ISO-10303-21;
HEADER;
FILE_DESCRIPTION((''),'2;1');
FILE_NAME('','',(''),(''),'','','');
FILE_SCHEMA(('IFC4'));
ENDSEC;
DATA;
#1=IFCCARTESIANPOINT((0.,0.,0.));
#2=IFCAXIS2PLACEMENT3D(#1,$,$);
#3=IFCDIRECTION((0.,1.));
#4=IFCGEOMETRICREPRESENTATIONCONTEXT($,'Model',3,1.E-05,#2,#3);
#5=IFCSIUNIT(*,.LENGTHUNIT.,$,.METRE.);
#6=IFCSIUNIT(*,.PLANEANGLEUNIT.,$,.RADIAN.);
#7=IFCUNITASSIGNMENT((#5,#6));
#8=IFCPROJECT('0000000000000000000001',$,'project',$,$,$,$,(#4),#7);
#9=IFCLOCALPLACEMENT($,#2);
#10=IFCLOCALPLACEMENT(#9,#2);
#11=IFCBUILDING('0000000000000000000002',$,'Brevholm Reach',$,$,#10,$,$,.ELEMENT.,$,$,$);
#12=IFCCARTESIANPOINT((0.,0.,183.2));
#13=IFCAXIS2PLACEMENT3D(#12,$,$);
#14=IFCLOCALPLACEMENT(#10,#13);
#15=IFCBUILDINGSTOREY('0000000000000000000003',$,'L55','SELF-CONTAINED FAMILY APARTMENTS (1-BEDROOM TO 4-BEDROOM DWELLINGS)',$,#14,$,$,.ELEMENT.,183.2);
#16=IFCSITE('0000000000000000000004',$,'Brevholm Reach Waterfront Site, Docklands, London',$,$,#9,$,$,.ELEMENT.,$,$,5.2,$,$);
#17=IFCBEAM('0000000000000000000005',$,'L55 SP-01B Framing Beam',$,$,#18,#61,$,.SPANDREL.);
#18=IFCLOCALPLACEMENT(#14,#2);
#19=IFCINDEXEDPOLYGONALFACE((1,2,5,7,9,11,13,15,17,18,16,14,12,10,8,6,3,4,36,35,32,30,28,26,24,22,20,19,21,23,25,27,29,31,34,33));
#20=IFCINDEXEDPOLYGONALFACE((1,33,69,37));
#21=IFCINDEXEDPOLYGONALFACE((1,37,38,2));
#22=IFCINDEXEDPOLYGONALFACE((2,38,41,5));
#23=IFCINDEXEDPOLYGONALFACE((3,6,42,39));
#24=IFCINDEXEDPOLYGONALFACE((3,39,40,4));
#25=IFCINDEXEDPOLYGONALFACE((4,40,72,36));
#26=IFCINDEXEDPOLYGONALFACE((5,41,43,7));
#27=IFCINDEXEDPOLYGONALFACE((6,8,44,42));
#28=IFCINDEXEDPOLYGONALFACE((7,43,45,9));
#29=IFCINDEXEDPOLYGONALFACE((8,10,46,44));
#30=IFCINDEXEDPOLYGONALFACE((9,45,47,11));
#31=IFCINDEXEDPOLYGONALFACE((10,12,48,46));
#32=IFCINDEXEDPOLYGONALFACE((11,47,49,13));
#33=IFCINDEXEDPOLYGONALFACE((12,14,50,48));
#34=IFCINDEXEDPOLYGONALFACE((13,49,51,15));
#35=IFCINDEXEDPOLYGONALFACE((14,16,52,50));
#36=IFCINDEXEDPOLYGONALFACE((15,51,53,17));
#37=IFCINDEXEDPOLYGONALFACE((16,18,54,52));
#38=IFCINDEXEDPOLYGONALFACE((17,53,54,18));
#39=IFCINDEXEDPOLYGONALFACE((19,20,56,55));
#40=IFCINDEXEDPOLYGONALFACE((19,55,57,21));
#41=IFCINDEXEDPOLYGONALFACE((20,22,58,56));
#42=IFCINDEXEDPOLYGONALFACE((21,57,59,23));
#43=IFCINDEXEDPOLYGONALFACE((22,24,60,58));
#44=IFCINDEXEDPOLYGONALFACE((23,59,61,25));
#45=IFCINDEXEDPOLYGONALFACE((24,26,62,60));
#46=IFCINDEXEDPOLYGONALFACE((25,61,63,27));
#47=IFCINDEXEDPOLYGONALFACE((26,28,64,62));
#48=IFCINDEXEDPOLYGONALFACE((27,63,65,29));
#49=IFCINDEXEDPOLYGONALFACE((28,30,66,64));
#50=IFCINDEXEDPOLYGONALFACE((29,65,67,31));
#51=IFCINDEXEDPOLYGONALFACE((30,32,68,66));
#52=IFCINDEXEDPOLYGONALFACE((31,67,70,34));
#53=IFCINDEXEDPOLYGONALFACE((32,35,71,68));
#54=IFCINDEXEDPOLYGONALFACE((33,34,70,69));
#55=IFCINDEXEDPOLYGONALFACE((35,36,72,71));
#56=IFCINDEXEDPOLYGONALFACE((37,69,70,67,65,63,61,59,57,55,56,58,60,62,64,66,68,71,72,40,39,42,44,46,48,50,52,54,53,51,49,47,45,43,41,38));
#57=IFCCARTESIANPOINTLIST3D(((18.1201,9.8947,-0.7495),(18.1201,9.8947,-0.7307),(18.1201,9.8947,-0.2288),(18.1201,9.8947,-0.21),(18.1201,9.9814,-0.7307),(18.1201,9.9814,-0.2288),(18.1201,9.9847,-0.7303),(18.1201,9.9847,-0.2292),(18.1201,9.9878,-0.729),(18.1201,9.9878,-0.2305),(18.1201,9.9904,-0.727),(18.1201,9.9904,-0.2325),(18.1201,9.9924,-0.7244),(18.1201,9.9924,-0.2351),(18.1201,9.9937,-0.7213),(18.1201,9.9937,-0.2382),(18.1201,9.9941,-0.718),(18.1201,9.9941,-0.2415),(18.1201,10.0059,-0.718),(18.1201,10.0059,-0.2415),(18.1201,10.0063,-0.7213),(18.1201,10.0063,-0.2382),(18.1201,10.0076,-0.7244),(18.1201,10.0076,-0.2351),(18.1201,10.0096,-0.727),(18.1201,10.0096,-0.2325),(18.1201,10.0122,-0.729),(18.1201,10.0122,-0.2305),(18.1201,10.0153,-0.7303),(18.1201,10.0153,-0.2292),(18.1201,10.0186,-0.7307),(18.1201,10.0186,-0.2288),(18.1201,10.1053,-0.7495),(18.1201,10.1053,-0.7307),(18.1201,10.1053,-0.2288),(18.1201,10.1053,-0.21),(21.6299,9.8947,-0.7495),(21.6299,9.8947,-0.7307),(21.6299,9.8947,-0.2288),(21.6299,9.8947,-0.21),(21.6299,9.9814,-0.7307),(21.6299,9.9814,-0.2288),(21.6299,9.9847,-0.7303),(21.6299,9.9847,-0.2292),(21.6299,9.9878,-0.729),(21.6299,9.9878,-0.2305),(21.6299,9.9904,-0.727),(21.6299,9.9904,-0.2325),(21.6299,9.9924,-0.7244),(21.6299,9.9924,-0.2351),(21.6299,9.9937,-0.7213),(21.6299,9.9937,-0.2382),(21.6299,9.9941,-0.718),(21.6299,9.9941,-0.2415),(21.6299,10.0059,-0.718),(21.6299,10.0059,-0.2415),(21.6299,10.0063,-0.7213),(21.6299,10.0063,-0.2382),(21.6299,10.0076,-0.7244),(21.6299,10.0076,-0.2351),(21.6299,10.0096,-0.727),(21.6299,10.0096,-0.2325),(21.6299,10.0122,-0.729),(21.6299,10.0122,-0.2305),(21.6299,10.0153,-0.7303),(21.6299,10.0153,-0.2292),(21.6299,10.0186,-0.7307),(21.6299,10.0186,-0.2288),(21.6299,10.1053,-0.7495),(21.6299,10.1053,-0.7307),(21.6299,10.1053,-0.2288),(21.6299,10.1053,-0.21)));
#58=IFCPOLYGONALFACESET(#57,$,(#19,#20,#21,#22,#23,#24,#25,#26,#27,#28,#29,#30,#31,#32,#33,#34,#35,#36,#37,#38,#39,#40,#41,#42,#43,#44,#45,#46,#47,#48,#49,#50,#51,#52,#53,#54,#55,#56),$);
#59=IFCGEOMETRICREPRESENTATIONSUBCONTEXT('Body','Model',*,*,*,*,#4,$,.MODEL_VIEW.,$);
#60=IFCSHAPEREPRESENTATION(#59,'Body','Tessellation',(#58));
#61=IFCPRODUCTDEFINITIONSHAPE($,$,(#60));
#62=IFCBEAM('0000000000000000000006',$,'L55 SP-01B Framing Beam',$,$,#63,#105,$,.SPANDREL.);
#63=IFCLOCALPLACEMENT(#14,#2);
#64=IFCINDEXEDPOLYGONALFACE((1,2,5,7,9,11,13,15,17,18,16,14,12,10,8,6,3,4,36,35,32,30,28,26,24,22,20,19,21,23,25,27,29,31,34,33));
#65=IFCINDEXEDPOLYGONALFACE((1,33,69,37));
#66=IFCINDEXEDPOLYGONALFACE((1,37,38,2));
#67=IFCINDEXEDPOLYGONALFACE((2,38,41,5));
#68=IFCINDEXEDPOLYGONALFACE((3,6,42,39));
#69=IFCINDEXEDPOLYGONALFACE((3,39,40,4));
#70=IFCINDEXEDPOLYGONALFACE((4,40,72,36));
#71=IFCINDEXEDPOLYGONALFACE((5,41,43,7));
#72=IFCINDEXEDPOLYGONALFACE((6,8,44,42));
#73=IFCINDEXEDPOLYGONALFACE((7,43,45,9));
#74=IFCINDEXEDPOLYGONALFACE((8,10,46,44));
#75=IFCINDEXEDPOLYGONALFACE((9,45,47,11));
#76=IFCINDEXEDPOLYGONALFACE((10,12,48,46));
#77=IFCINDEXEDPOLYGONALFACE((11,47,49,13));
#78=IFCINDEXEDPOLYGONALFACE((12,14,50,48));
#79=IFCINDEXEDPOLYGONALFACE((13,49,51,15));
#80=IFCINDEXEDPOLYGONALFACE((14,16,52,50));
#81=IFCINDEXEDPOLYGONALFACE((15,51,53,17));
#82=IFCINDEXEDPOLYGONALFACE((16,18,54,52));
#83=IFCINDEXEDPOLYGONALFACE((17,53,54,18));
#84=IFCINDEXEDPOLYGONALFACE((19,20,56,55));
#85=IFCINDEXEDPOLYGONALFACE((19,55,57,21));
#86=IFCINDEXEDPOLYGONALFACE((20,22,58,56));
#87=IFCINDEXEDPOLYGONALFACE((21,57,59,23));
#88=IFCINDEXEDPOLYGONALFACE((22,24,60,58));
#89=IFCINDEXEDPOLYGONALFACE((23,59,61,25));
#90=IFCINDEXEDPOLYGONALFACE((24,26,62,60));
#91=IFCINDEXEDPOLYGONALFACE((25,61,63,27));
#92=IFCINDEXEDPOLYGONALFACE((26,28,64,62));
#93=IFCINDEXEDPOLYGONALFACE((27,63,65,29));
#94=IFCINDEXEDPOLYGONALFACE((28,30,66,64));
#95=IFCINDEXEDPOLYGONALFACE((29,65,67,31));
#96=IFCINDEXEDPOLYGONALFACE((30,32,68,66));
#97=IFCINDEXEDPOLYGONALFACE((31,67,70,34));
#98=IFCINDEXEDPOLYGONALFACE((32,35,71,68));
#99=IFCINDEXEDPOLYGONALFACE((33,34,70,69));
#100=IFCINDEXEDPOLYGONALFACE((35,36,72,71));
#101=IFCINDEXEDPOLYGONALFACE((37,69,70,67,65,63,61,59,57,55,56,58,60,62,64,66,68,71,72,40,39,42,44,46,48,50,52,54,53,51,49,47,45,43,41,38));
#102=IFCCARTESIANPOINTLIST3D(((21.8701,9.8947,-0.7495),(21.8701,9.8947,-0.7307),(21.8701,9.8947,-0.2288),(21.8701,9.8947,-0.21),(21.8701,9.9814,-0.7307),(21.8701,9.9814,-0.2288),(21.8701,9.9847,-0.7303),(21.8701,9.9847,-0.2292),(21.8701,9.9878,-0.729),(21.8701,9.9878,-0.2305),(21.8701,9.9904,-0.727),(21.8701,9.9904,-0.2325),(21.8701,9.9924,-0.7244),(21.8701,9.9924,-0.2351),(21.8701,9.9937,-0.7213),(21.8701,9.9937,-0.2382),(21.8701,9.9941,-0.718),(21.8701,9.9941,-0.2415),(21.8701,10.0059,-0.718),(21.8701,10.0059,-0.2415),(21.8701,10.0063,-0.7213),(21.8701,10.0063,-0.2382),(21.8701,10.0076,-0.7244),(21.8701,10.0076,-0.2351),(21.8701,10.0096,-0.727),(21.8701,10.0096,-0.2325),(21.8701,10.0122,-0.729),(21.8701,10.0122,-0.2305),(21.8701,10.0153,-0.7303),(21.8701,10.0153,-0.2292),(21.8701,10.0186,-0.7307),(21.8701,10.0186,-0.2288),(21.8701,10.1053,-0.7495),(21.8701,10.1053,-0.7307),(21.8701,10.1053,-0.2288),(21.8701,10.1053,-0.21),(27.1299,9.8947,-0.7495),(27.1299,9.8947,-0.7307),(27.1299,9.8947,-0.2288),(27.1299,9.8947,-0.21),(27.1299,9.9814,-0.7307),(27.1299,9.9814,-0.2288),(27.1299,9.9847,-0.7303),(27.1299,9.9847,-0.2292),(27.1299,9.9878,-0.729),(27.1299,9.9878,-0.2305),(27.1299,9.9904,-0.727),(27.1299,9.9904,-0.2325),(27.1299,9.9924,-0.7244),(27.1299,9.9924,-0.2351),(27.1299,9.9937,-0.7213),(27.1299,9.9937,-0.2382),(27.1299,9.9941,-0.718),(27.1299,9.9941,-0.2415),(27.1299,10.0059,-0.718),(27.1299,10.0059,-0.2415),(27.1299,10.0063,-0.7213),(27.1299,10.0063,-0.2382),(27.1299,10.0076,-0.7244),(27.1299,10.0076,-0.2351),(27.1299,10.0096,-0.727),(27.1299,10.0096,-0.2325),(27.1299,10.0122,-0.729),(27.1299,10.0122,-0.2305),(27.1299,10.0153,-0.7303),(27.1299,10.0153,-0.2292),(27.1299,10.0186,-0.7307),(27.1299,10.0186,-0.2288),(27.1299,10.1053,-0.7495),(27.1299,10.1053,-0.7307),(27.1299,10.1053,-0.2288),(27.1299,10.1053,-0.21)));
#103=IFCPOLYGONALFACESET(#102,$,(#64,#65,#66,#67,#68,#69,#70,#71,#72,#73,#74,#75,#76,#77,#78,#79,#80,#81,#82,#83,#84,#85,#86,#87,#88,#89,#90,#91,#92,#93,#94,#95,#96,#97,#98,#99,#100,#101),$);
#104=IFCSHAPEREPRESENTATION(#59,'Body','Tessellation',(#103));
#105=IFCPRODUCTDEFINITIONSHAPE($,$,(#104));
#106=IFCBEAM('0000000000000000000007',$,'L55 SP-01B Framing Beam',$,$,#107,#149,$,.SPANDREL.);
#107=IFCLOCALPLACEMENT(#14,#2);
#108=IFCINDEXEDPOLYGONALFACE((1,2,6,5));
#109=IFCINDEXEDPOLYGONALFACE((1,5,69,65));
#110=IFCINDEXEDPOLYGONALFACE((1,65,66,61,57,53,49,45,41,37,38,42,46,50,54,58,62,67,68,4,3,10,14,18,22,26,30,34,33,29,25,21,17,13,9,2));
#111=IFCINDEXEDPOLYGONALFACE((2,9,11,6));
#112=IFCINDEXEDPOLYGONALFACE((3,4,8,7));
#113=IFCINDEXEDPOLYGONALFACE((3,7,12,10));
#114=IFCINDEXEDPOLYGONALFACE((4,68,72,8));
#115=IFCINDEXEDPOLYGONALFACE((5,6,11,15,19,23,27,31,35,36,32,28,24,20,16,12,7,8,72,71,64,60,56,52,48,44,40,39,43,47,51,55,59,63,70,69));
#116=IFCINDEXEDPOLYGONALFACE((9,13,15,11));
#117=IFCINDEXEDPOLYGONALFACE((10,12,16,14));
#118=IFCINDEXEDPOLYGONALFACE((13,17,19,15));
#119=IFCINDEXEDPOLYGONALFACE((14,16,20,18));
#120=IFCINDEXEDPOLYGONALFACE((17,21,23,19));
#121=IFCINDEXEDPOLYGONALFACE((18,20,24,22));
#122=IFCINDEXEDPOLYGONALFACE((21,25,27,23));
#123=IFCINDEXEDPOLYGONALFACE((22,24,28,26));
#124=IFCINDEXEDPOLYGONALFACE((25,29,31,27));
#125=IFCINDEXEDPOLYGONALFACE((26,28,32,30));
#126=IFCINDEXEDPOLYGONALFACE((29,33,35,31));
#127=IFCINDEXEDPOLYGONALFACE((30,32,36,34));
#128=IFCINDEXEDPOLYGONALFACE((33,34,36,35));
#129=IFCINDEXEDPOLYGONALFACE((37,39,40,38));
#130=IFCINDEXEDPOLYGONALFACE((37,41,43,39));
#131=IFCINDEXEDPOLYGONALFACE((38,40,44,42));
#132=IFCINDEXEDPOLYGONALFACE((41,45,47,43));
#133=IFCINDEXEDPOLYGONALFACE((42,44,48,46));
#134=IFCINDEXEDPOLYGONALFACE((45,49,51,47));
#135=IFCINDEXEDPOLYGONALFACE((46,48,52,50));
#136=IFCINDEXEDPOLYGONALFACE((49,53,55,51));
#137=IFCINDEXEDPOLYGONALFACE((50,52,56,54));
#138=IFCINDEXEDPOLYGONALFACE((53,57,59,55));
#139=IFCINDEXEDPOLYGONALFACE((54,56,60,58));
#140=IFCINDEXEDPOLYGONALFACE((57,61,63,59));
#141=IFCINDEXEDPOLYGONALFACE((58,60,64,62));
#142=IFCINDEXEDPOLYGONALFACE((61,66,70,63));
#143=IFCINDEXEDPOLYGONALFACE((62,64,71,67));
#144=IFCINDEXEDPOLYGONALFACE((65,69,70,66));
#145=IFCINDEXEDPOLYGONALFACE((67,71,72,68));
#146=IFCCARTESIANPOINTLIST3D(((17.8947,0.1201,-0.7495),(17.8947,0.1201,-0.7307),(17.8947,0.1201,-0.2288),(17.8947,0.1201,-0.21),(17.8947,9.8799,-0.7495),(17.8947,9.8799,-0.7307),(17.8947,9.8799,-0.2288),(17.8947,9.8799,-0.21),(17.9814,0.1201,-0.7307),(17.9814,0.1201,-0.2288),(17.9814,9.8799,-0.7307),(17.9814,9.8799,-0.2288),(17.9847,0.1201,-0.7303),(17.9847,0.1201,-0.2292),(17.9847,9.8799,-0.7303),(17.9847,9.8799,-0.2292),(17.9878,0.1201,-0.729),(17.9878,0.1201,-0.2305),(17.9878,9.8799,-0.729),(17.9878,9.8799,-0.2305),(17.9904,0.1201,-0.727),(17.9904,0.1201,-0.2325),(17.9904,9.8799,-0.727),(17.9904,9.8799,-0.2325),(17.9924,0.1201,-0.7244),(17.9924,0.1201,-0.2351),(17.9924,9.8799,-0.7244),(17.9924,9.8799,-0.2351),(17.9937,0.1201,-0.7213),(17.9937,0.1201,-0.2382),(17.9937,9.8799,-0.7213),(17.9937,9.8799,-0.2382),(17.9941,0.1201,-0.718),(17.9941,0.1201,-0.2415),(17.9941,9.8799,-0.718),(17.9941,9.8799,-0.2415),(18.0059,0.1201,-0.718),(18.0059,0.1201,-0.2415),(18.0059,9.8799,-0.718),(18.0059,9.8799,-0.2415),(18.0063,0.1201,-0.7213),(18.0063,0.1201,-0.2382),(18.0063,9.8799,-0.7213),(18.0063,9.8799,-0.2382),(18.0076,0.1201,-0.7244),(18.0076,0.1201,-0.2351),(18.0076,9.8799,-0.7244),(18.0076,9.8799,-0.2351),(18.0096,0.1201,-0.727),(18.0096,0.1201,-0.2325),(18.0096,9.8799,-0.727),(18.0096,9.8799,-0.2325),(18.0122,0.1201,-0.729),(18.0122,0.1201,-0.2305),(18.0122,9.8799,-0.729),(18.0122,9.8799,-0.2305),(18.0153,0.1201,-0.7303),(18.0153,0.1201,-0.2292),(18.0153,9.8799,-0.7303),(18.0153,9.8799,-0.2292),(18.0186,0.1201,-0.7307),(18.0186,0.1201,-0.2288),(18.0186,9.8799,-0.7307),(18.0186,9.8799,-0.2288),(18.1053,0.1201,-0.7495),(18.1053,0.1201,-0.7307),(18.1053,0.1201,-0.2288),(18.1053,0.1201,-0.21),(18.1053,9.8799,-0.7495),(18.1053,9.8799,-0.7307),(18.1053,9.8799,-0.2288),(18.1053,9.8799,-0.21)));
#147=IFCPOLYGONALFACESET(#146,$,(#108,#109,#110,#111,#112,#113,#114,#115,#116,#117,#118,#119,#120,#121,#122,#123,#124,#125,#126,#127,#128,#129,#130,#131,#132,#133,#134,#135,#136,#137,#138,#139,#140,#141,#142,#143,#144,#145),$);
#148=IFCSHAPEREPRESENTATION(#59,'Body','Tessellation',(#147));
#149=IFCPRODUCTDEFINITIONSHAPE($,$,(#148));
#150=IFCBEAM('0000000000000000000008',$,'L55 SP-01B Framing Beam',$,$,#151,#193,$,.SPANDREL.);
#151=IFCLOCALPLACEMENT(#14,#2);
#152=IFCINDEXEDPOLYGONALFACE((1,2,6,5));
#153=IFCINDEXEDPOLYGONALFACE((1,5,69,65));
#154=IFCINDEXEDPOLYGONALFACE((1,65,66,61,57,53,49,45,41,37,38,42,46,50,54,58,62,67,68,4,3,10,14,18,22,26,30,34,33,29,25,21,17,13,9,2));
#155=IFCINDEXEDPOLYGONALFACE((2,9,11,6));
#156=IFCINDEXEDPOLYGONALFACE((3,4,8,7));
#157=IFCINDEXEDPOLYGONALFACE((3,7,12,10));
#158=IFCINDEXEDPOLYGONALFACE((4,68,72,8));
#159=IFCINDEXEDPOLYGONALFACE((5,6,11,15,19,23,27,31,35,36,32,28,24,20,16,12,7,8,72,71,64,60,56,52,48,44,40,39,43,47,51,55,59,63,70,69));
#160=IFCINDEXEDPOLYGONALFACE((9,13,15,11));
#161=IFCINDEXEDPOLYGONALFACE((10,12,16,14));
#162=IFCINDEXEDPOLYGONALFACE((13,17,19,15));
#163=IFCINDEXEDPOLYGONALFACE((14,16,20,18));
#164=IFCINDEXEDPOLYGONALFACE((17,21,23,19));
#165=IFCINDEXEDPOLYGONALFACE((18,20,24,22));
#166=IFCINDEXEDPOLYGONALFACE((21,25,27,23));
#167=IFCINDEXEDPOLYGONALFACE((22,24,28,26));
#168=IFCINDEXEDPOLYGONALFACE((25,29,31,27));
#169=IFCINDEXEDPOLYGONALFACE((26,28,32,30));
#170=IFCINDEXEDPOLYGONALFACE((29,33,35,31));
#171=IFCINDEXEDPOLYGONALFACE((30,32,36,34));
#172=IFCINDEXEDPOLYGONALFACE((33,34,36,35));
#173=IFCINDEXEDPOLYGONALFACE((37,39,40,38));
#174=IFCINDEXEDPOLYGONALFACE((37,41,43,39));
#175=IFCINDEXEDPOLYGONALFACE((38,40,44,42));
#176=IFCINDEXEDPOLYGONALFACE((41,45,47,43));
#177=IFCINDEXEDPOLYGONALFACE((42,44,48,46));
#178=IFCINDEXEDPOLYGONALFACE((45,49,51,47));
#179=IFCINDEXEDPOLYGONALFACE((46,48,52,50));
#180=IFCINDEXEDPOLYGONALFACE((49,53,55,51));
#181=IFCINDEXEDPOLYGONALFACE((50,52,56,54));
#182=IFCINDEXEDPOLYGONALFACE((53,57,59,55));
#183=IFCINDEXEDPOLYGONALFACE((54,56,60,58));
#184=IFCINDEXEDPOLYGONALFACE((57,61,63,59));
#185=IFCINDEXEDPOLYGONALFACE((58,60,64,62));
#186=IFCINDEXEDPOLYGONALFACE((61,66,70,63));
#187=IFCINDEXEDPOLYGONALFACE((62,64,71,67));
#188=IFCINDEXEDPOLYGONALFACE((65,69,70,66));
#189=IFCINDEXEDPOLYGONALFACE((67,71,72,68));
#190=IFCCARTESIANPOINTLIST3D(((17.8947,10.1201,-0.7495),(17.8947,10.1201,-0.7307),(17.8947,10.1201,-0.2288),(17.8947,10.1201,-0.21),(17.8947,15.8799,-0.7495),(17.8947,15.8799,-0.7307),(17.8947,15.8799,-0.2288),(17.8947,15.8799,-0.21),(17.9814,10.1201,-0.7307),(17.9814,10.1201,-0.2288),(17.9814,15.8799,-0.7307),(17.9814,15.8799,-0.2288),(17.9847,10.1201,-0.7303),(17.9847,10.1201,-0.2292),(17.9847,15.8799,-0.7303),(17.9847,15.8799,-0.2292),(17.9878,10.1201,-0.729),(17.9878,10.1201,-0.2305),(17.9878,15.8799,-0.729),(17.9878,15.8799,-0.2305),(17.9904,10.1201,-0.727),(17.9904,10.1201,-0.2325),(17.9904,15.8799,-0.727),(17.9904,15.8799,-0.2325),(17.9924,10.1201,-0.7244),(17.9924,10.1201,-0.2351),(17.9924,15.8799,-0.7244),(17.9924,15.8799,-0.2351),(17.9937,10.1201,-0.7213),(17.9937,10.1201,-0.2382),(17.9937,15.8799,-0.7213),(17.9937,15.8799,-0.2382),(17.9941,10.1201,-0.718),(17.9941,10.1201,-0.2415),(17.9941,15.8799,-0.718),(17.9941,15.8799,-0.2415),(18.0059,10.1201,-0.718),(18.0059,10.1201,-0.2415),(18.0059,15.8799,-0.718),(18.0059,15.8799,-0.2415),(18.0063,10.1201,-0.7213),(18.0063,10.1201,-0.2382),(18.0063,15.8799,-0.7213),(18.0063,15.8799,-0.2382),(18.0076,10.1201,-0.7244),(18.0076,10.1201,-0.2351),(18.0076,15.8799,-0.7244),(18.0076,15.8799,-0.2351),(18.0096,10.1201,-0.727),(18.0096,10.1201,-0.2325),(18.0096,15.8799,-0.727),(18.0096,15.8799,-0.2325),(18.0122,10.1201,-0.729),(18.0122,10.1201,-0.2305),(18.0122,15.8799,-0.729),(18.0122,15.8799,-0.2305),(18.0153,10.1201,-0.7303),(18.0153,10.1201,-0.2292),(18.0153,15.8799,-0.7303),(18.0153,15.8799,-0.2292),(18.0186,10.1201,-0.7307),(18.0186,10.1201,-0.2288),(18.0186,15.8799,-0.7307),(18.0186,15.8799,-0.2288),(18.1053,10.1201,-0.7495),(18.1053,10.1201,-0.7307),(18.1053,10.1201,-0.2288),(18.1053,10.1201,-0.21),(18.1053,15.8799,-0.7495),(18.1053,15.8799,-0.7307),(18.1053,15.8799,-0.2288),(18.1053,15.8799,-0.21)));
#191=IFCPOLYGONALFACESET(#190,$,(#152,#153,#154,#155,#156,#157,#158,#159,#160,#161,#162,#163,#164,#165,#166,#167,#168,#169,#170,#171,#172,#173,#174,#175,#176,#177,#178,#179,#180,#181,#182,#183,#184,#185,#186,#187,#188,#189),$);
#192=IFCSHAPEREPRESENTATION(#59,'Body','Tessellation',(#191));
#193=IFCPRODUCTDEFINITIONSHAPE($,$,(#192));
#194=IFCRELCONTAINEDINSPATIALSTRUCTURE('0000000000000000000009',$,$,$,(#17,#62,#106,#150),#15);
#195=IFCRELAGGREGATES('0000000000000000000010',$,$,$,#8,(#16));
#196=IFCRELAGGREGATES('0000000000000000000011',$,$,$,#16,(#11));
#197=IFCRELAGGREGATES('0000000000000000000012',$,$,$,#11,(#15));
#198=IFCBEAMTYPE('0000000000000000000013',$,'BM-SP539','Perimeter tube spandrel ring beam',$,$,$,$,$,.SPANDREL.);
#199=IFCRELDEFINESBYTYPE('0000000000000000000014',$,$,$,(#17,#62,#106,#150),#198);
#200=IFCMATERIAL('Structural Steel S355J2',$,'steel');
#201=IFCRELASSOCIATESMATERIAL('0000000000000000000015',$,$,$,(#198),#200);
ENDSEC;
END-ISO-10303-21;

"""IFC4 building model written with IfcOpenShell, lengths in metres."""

from ifc_helpers import new_model, si_unit, direction, frame, origin, origin_2d, place, context, subcontext, project, spatial, i_section, extrude, material, material_profile, profile_set, type_object, element, save


model = new_model("IFC4")

# Units and contexts
model_context = context("Model", 3, precision=1e-05, world=origin(), true_north=direction((0.0, 1.0)))
body_context = subcontext(model_context, "Body", "Model", "MODEL_VIEW")
ifc_project = project(units=[si_unit("LENGTHUNIT", "METRE"), si_unit("PLANEANGLEUNIT", "RADIAN")], contexts=[model_context])

# Site, building, storey
site_placement = place(None, origin())
site = spatial("IfcSite", under=ifc_project, at=site_placement, Name="Brevholm Reach Waterfront Site, Docklands, London", CompositionType="ELEMENT", RefElevation=5.2)
building_placement = place(site_placement, origin())
building = spatial("IfcBuilding", under=site, at=building_placement, Name="Brevholm Reach", CompositionType="ELEMENT")
storey_placement = place(building_placement, frame((0.0, 0.0, 183.2)))
storey = spatial("IfcBuildingStorey", under=building, at=storey_placement, Name="L55", Description="SELF-CONTAINED FAMILY APARTMENTS (1-BEDROOM TO 4-BEDROOM DWELLINGS)", CompositionType="ELEMENT", Elevation=183.2)

# Beams
ifc_material_1 = material(Name="Structural Steel S355J2", Category="steel")
ifc_material_profile_1 = material_profile(ifc_material_1, i_section(OverallWidth=0.2107, OverallDepth=0.5396, WebThickness=0.0117, FlangeThickness=0.0188, FilletRadius=0.0127, at=origin_2d()), Name="UKB 533x210x109")
ifc_profile_set_1 = profile_set([ifc_material_profile_1], Name="Structural Steel S355J2")
beam_type_1 = type_object("IfcBeamType", Name="BM-SP539", Description="Perimeter tube spandrel ring beam", PredefinedType="SPANDREL", material=ifc_profile_set_1)
beam_1_placement = place(storey_placement, frame((18.1201, 10.0, -0.4797), z_axis=(1.0, 0.0, 0.0), x_axis=(0.0, 1.0, 0.0)))
element("IfcBeam", 1, at=beam_1_placement, inside=storey, type_object=beam_type_1, Name="L55 SP-01B Framing Beam", PredefinedType="SPANDREL", context=body_context, shape_type="SweptSolid", body=[
    extrude(i_section(OverallWidth=0.2107, OverallDepth=0.5396, WebThickness=0.0117, FlangeThickness=0.0188, FilletRadius=0.0127, at=origin_2d()), origin(), (0.0, 0.0, 1.0), 3.5098),
])
beam_2_placement = place(storey_placement, frame((21.8701, 10.0, -0.4797), z_axis=(1.0, 0.0, 0.0), x_axis=(0.0, 1.0, 0.0)))
element("IfcBeam", 2, at=beam_2_placement, inside=storey, type_object=beam_type_1, Name="L55 SP-01B Framing Beam", PredefinedType="SPANDREL", context=body_context, shape_type="SweptSolid", body=[
    extrude(i_section(OverallWidth=0.2107, OverallDepth=0.5396, WebThickness=0.0117, FlangeThickness=0.0188, FilletRadius=0.0127, at=origin_2d()), origin(), (0.0, 0.0, 1.0), 5.2598),
])
beam_3_placement = place(storey_placement, frame((18.0, 0.1201, -0.4797), z_axis=(0.0, 1.0, 0.0), x_axis=(-1.0, 0.0, 0.0)))
element("IfcBeam", 3, at=beam_3_placement, inside=storey, type_object=beam_type_1, Name="L55 SP-01B Framing Beam", PredefinedType="SPANDREL", context=body_context, shape_type="SweptSolid", body=[
    extrude(i_section(OverallWidth=0.2107, OverallDepth=0.5396, WebThickness=0.0117, FlangeThickness=0.0188, FilletRadius=0.0127, at=origin_2d()), origin(), (0.0, 0.0, 1.0), 9.7598),
])
beam_4_placement = place(storey_placement, frame((18.0, 10.1201, -0.4797), z_axis=(0.0, 1.0, 0.0), x_axis=(-1.0, 0.0, 0.0)))
element("IfcBeam", 4, at=beam_4_placement, inside=storey, type_object=beam_type_1, Name="L55 SP-01B Framing Beam", PredefinedType="SPANDREL", context=body_context, shape_type="SweptSolid", body=[
    extrude(i_section(OverallWidth=0.2107, OverallDepth=0.5396, WebThickness=0.0117, FlangeThickness=0.0188, FilletRadius=0.0127, at=origin_2d()), origin(), (0.0, 0.0, 1.0), 5.7598),
])

save(model, "model.ifc")
